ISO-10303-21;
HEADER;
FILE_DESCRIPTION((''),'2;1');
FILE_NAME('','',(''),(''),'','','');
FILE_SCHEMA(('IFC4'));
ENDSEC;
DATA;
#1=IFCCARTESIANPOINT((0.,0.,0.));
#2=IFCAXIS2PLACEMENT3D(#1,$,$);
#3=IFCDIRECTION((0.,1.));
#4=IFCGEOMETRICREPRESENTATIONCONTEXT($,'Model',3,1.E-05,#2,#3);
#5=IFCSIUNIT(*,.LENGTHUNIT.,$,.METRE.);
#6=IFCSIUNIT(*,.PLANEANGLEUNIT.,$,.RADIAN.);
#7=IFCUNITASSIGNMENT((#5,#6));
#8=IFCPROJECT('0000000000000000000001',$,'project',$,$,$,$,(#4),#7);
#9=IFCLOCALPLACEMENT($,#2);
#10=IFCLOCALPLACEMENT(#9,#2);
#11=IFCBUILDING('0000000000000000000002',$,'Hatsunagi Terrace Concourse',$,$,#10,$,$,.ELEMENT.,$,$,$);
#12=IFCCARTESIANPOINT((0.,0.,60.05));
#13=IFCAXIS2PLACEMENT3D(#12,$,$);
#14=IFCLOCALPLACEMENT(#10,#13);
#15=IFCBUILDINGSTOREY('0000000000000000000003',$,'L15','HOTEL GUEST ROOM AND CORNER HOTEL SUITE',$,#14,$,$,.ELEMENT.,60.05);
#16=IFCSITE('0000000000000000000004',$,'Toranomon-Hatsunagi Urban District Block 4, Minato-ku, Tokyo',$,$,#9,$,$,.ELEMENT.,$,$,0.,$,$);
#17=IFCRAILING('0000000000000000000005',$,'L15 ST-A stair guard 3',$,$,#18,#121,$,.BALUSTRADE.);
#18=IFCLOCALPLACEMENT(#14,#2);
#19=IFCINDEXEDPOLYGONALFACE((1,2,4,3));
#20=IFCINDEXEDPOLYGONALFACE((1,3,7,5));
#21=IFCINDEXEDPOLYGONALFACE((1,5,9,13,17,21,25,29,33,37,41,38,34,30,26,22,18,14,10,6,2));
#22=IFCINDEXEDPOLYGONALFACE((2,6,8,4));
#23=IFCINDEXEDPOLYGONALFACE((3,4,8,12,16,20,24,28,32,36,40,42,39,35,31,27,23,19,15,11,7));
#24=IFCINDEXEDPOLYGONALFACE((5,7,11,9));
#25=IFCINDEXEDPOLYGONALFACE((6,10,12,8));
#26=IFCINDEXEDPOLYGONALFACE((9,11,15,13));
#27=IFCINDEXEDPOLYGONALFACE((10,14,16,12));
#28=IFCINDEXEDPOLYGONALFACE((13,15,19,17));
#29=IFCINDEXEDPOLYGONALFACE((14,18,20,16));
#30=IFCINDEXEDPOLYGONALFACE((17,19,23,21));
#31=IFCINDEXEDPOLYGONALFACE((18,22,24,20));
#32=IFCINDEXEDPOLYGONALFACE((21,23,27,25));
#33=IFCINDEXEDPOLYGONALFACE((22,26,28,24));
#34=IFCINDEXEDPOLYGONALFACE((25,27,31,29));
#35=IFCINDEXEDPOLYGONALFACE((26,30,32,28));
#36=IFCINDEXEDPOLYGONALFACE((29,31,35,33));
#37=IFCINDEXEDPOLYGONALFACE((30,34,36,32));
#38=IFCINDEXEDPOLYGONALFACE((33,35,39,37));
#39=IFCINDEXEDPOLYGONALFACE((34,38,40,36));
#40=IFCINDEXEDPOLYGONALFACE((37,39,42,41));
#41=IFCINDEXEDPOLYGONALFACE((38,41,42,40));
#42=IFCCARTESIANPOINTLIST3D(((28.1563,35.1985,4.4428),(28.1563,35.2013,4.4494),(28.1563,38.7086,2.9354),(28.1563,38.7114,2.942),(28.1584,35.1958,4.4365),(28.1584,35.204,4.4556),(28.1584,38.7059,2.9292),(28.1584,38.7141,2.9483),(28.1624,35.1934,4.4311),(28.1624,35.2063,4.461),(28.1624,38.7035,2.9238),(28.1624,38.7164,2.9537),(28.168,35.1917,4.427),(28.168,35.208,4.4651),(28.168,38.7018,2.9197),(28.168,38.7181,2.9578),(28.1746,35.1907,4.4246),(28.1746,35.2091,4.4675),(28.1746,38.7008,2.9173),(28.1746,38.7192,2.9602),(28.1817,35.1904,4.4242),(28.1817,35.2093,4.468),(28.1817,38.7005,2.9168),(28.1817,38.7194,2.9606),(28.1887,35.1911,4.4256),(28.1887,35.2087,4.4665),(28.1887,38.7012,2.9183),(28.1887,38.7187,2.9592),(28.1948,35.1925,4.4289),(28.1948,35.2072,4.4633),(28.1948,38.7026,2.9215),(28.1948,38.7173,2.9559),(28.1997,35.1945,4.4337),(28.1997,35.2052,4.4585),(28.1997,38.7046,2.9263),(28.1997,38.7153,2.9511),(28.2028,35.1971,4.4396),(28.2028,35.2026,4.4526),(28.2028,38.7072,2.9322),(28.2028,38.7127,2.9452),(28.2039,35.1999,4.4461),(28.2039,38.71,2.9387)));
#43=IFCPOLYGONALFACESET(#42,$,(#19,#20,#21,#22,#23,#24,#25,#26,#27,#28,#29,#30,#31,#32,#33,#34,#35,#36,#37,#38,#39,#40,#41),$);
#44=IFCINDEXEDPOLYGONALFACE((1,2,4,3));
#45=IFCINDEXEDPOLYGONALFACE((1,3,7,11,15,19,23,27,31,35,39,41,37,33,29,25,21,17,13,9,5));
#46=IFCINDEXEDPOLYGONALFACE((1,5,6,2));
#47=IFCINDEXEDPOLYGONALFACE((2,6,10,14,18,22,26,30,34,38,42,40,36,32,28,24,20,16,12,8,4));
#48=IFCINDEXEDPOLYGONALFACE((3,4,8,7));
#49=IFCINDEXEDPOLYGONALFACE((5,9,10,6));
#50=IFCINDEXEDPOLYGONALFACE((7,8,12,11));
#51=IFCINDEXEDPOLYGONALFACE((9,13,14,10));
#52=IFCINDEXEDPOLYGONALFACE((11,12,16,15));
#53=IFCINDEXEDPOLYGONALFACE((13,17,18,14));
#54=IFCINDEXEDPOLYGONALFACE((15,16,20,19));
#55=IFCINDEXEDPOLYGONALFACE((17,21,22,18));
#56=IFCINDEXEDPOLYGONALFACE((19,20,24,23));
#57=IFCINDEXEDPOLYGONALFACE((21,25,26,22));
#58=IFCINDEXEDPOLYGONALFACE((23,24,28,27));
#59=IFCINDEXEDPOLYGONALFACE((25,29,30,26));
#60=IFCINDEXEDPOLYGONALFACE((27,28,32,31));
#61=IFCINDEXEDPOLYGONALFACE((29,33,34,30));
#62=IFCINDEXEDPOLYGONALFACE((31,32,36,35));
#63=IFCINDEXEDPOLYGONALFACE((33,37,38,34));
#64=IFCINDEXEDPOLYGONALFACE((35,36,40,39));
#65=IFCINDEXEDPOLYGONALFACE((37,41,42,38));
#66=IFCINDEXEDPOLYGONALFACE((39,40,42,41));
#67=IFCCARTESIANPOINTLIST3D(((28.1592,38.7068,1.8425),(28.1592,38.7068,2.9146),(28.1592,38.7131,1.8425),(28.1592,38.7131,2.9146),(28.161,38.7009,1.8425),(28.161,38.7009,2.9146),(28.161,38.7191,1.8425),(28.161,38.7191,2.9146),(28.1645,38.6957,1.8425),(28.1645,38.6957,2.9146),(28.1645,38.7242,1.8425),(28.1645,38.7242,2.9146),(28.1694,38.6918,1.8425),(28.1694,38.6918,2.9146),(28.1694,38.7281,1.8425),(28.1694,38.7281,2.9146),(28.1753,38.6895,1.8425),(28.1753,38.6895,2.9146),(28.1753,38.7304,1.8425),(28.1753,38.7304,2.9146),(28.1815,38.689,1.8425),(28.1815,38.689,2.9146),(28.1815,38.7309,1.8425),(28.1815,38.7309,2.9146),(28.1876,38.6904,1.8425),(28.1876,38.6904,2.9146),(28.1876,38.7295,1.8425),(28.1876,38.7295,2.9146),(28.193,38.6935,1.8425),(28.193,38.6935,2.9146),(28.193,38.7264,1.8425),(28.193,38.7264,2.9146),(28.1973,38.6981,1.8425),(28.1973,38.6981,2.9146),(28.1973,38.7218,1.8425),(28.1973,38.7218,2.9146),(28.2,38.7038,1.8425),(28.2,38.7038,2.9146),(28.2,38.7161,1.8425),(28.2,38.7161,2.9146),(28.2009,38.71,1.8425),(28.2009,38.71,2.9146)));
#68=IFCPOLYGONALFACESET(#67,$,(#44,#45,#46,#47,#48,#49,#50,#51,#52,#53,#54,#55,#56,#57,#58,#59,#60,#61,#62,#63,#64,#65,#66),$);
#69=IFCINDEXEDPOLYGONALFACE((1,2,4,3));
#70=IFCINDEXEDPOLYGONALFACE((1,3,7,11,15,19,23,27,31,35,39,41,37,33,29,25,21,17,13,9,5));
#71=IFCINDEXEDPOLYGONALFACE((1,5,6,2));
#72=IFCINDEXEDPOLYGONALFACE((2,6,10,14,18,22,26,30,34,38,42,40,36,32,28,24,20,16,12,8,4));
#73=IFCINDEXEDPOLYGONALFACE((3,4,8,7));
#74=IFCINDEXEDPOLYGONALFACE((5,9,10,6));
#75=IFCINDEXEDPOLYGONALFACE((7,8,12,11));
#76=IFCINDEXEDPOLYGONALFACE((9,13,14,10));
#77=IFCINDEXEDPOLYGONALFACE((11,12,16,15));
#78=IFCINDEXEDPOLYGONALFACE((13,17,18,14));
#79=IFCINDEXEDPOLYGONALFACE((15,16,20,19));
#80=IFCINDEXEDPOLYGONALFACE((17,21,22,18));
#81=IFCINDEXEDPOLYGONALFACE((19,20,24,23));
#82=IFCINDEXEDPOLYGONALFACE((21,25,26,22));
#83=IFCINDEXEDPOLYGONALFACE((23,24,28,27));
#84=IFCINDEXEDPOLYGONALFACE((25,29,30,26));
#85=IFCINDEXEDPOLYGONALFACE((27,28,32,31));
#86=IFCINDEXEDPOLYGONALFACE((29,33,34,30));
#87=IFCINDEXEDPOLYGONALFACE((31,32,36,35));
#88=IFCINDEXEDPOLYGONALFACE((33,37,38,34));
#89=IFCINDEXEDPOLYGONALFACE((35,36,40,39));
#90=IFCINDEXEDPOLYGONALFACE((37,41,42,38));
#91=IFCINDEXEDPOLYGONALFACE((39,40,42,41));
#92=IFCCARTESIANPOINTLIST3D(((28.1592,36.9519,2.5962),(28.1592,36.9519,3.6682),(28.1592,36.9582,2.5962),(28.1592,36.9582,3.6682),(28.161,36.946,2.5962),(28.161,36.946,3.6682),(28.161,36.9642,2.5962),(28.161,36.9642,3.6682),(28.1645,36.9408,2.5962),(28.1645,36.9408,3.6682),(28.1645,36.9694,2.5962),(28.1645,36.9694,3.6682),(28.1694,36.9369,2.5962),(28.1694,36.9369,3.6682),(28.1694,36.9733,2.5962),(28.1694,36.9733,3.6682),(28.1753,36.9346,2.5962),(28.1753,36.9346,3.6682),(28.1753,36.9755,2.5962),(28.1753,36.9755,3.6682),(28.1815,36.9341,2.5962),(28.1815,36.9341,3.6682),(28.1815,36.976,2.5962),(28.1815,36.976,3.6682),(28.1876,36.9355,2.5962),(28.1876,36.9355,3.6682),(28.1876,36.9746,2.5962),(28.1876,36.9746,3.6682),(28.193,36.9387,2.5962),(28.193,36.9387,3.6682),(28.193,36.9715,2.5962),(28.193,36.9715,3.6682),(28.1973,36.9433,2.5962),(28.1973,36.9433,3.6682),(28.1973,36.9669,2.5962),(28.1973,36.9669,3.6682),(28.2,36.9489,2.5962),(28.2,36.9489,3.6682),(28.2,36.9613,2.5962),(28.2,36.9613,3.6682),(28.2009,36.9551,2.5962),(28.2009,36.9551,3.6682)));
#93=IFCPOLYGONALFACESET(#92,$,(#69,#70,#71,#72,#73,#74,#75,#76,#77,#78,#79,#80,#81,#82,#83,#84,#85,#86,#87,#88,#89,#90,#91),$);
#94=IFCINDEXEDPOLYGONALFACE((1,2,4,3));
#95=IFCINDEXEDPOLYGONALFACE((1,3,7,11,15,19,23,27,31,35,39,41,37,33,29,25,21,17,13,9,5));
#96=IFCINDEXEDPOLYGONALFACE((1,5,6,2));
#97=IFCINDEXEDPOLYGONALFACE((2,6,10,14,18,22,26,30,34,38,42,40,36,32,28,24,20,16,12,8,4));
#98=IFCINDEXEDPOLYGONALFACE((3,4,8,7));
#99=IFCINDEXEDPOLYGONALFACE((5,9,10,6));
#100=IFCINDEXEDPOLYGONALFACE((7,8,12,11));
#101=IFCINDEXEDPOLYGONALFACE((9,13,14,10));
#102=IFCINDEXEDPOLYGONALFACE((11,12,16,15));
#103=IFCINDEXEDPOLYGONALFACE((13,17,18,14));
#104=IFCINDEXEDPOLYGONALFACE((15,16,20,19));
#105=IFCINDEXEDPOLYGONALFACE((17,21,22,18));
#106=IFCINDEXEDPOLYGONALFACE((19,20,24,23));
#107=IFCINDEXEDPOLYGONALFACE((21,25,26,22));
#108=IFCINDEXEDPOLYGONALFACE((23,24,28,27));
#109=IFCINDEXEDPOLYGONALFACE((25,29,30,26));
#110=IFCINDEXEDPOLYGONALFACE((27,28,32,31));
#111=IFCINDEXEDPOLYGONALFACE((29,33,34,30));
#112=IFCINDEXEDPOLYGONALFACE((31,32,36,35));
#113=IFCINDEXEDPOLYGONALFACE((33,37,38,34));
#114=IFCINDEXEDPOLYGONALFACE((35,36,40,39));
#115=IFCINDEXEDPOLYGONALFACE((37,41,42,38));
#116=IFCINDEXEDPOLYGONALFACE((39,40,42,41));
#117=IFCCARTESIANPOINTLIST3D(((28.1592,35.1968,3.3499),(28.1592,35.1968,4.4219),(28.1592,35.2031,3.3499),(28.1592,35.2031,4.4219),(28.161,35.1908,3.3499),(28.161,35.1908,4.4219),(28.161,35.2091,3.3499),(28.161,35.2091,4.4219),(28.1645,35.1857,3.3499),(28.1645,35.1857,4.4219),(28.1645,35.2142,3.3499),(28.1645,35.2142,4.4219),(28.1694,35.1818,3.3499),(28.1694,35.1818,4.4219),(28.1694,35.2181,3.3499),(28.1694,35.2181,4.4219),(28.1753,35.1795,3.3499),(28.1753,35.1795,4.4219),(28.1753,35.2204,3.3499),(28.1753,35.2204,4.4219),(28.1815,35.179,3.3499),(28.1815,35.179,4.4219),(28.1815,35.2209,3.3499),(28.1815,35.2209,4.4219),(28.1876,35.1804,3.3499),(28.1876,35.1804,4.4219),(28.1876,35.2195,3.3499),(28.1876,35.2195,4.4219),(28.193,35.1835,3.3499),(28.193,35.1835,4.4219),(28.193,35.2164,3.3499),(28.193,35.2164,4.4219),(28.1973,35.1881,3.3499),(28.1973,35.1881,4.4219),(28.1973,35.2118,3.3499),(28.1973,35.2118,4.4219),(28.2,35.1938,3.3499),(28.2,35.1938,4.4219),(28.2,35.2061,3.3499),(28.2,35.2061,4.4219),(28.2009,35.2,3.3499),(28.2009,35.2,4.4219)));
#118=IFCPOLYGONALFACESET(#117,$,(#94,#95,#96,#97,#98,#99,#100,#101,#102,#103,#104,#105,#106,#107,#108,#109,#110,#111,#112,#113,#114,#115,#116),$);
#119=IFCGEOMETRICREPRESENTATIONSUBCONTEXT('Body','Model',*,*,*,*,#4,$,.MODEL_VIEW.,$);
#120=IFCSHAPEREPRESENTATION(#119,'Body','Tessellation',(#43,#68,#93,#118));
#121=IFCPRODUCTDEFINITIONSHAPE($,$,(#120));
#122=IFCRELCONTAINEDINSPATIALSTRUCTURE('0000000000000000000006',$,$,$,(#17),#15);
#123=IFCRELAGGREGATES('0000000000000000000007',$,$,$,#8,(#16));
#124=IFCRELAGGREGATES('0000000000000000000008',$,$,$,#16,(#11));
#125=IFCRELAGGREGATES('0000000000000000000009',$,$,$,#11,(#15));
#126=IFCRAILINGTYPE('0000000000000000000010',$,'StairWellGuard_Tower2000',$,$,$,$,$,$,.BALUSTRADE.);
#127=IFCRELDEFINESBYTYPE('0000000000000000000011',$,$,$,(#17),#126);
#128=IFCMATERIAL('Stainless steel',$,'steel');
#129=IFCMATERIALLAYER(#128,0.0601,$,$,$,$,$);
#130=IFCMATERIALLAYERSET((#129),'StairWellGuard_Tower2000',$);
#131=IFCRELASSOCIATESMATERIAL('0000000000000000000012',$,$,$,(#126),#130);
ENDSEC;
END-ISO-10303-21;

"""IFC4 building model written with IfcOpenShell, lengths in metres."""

from ifc_helpers import new_model, si_unit, direction, frame, origin, origin_2d, place, context, subcontext, project, spatial, circle, extrude, material, layer, layer_set, type_object, element, save


model = new_model("IFC4")

# Units and contexts
model_context = context("Model", 3, precision=1e-05, world=origin(), true_north=direction((0.0, 1.0)))
body_context = subcontext(model_context, "Body", "Model", "MODEL_VIEW")
ifc_project = project(units=[si_unit("LENGTHUNIT", "METRE"), si_unit("PLANEANGLEUNIT", "RADIAN")], contexts=[model_context])

# Site, building, storey
site_placement = place(None, origin())
site = spatial("IfcSite", under=ifc_project, at=site_placement, Name="Toranomon-Hatsunagi Urban District Block 4, Minato-ku, Tokyo", CompositionType="ELEMENT", RefElevation=0.0)
building_placement = place(site_placement, origin())
building = spatial("IfcBuilding", under=site, at=building_placement, Name="Hatsunagi Terrace Concourse", CompositionType="ELEMENT")
storey_placement = place(building_placement, frame((0.0, 0.0, 60.05)))
storey = spatial("IfcBuildingStorey", under=building, at=storey_placement, Name="L15", Description="HOTEL GUEST ROOM AND CORNER HOTEL SUITE", CompositionType="ELEMENT", Elevation=60.05)

# Railing
ifc_material_1 = material(Name="Stainless steel", Category="steel")
ifc_layer_1 = layer(ifc_material_1, 0.0601)
ifc_layer_set_1 = layer_set([ifc_layer_1], Name="StairWellGuard_Tower2000")
railing_type_1 = type_object("IfcRailingType", Name="StairWellGuard_Tower2000", PredefinedType="BALUSTRADE", material=ifc_layer_set_1)
railing_1_placement = place(storey_placement, frame((28.1799, 38.71, 1.8425)))
element("IfcRailing", 1, at=railing_1_placement, inside=storey, type_object=railing_type_1, Name="L15 ST-A stair guard 3", PredefinedType="BALUSTRADE", context=body_context, shape_type="SweptSolid", body=[
    extrude(circle(Radius=0.0239, at=origin_2d()), frame((0.0, 0.0, 1.0962), z_axis=(0.0, -0.918857, 0.39459), x_axis=(1.0, 0.0, 0.0)), (0.0, 0.0, 1.0), 3.8201),
    extrude(circle(Radius=0.021, at=origin_2d()), origin(), (0.0, 0.0, 1.0), 1.072),
    extrude(circle(Radius=0.021, at=origin_2d()), frame((0.0, -1.7549, 0.7537)), (0.0, 0.0, 1.0), 1.072),
    extrude(circle(Radius=0.021, at=origin_2d()), frame((0.0, -3.51, 1.5073)), (0.0, 0.0, 1.0), 1.072),
])

save(model, "model.ifc")
